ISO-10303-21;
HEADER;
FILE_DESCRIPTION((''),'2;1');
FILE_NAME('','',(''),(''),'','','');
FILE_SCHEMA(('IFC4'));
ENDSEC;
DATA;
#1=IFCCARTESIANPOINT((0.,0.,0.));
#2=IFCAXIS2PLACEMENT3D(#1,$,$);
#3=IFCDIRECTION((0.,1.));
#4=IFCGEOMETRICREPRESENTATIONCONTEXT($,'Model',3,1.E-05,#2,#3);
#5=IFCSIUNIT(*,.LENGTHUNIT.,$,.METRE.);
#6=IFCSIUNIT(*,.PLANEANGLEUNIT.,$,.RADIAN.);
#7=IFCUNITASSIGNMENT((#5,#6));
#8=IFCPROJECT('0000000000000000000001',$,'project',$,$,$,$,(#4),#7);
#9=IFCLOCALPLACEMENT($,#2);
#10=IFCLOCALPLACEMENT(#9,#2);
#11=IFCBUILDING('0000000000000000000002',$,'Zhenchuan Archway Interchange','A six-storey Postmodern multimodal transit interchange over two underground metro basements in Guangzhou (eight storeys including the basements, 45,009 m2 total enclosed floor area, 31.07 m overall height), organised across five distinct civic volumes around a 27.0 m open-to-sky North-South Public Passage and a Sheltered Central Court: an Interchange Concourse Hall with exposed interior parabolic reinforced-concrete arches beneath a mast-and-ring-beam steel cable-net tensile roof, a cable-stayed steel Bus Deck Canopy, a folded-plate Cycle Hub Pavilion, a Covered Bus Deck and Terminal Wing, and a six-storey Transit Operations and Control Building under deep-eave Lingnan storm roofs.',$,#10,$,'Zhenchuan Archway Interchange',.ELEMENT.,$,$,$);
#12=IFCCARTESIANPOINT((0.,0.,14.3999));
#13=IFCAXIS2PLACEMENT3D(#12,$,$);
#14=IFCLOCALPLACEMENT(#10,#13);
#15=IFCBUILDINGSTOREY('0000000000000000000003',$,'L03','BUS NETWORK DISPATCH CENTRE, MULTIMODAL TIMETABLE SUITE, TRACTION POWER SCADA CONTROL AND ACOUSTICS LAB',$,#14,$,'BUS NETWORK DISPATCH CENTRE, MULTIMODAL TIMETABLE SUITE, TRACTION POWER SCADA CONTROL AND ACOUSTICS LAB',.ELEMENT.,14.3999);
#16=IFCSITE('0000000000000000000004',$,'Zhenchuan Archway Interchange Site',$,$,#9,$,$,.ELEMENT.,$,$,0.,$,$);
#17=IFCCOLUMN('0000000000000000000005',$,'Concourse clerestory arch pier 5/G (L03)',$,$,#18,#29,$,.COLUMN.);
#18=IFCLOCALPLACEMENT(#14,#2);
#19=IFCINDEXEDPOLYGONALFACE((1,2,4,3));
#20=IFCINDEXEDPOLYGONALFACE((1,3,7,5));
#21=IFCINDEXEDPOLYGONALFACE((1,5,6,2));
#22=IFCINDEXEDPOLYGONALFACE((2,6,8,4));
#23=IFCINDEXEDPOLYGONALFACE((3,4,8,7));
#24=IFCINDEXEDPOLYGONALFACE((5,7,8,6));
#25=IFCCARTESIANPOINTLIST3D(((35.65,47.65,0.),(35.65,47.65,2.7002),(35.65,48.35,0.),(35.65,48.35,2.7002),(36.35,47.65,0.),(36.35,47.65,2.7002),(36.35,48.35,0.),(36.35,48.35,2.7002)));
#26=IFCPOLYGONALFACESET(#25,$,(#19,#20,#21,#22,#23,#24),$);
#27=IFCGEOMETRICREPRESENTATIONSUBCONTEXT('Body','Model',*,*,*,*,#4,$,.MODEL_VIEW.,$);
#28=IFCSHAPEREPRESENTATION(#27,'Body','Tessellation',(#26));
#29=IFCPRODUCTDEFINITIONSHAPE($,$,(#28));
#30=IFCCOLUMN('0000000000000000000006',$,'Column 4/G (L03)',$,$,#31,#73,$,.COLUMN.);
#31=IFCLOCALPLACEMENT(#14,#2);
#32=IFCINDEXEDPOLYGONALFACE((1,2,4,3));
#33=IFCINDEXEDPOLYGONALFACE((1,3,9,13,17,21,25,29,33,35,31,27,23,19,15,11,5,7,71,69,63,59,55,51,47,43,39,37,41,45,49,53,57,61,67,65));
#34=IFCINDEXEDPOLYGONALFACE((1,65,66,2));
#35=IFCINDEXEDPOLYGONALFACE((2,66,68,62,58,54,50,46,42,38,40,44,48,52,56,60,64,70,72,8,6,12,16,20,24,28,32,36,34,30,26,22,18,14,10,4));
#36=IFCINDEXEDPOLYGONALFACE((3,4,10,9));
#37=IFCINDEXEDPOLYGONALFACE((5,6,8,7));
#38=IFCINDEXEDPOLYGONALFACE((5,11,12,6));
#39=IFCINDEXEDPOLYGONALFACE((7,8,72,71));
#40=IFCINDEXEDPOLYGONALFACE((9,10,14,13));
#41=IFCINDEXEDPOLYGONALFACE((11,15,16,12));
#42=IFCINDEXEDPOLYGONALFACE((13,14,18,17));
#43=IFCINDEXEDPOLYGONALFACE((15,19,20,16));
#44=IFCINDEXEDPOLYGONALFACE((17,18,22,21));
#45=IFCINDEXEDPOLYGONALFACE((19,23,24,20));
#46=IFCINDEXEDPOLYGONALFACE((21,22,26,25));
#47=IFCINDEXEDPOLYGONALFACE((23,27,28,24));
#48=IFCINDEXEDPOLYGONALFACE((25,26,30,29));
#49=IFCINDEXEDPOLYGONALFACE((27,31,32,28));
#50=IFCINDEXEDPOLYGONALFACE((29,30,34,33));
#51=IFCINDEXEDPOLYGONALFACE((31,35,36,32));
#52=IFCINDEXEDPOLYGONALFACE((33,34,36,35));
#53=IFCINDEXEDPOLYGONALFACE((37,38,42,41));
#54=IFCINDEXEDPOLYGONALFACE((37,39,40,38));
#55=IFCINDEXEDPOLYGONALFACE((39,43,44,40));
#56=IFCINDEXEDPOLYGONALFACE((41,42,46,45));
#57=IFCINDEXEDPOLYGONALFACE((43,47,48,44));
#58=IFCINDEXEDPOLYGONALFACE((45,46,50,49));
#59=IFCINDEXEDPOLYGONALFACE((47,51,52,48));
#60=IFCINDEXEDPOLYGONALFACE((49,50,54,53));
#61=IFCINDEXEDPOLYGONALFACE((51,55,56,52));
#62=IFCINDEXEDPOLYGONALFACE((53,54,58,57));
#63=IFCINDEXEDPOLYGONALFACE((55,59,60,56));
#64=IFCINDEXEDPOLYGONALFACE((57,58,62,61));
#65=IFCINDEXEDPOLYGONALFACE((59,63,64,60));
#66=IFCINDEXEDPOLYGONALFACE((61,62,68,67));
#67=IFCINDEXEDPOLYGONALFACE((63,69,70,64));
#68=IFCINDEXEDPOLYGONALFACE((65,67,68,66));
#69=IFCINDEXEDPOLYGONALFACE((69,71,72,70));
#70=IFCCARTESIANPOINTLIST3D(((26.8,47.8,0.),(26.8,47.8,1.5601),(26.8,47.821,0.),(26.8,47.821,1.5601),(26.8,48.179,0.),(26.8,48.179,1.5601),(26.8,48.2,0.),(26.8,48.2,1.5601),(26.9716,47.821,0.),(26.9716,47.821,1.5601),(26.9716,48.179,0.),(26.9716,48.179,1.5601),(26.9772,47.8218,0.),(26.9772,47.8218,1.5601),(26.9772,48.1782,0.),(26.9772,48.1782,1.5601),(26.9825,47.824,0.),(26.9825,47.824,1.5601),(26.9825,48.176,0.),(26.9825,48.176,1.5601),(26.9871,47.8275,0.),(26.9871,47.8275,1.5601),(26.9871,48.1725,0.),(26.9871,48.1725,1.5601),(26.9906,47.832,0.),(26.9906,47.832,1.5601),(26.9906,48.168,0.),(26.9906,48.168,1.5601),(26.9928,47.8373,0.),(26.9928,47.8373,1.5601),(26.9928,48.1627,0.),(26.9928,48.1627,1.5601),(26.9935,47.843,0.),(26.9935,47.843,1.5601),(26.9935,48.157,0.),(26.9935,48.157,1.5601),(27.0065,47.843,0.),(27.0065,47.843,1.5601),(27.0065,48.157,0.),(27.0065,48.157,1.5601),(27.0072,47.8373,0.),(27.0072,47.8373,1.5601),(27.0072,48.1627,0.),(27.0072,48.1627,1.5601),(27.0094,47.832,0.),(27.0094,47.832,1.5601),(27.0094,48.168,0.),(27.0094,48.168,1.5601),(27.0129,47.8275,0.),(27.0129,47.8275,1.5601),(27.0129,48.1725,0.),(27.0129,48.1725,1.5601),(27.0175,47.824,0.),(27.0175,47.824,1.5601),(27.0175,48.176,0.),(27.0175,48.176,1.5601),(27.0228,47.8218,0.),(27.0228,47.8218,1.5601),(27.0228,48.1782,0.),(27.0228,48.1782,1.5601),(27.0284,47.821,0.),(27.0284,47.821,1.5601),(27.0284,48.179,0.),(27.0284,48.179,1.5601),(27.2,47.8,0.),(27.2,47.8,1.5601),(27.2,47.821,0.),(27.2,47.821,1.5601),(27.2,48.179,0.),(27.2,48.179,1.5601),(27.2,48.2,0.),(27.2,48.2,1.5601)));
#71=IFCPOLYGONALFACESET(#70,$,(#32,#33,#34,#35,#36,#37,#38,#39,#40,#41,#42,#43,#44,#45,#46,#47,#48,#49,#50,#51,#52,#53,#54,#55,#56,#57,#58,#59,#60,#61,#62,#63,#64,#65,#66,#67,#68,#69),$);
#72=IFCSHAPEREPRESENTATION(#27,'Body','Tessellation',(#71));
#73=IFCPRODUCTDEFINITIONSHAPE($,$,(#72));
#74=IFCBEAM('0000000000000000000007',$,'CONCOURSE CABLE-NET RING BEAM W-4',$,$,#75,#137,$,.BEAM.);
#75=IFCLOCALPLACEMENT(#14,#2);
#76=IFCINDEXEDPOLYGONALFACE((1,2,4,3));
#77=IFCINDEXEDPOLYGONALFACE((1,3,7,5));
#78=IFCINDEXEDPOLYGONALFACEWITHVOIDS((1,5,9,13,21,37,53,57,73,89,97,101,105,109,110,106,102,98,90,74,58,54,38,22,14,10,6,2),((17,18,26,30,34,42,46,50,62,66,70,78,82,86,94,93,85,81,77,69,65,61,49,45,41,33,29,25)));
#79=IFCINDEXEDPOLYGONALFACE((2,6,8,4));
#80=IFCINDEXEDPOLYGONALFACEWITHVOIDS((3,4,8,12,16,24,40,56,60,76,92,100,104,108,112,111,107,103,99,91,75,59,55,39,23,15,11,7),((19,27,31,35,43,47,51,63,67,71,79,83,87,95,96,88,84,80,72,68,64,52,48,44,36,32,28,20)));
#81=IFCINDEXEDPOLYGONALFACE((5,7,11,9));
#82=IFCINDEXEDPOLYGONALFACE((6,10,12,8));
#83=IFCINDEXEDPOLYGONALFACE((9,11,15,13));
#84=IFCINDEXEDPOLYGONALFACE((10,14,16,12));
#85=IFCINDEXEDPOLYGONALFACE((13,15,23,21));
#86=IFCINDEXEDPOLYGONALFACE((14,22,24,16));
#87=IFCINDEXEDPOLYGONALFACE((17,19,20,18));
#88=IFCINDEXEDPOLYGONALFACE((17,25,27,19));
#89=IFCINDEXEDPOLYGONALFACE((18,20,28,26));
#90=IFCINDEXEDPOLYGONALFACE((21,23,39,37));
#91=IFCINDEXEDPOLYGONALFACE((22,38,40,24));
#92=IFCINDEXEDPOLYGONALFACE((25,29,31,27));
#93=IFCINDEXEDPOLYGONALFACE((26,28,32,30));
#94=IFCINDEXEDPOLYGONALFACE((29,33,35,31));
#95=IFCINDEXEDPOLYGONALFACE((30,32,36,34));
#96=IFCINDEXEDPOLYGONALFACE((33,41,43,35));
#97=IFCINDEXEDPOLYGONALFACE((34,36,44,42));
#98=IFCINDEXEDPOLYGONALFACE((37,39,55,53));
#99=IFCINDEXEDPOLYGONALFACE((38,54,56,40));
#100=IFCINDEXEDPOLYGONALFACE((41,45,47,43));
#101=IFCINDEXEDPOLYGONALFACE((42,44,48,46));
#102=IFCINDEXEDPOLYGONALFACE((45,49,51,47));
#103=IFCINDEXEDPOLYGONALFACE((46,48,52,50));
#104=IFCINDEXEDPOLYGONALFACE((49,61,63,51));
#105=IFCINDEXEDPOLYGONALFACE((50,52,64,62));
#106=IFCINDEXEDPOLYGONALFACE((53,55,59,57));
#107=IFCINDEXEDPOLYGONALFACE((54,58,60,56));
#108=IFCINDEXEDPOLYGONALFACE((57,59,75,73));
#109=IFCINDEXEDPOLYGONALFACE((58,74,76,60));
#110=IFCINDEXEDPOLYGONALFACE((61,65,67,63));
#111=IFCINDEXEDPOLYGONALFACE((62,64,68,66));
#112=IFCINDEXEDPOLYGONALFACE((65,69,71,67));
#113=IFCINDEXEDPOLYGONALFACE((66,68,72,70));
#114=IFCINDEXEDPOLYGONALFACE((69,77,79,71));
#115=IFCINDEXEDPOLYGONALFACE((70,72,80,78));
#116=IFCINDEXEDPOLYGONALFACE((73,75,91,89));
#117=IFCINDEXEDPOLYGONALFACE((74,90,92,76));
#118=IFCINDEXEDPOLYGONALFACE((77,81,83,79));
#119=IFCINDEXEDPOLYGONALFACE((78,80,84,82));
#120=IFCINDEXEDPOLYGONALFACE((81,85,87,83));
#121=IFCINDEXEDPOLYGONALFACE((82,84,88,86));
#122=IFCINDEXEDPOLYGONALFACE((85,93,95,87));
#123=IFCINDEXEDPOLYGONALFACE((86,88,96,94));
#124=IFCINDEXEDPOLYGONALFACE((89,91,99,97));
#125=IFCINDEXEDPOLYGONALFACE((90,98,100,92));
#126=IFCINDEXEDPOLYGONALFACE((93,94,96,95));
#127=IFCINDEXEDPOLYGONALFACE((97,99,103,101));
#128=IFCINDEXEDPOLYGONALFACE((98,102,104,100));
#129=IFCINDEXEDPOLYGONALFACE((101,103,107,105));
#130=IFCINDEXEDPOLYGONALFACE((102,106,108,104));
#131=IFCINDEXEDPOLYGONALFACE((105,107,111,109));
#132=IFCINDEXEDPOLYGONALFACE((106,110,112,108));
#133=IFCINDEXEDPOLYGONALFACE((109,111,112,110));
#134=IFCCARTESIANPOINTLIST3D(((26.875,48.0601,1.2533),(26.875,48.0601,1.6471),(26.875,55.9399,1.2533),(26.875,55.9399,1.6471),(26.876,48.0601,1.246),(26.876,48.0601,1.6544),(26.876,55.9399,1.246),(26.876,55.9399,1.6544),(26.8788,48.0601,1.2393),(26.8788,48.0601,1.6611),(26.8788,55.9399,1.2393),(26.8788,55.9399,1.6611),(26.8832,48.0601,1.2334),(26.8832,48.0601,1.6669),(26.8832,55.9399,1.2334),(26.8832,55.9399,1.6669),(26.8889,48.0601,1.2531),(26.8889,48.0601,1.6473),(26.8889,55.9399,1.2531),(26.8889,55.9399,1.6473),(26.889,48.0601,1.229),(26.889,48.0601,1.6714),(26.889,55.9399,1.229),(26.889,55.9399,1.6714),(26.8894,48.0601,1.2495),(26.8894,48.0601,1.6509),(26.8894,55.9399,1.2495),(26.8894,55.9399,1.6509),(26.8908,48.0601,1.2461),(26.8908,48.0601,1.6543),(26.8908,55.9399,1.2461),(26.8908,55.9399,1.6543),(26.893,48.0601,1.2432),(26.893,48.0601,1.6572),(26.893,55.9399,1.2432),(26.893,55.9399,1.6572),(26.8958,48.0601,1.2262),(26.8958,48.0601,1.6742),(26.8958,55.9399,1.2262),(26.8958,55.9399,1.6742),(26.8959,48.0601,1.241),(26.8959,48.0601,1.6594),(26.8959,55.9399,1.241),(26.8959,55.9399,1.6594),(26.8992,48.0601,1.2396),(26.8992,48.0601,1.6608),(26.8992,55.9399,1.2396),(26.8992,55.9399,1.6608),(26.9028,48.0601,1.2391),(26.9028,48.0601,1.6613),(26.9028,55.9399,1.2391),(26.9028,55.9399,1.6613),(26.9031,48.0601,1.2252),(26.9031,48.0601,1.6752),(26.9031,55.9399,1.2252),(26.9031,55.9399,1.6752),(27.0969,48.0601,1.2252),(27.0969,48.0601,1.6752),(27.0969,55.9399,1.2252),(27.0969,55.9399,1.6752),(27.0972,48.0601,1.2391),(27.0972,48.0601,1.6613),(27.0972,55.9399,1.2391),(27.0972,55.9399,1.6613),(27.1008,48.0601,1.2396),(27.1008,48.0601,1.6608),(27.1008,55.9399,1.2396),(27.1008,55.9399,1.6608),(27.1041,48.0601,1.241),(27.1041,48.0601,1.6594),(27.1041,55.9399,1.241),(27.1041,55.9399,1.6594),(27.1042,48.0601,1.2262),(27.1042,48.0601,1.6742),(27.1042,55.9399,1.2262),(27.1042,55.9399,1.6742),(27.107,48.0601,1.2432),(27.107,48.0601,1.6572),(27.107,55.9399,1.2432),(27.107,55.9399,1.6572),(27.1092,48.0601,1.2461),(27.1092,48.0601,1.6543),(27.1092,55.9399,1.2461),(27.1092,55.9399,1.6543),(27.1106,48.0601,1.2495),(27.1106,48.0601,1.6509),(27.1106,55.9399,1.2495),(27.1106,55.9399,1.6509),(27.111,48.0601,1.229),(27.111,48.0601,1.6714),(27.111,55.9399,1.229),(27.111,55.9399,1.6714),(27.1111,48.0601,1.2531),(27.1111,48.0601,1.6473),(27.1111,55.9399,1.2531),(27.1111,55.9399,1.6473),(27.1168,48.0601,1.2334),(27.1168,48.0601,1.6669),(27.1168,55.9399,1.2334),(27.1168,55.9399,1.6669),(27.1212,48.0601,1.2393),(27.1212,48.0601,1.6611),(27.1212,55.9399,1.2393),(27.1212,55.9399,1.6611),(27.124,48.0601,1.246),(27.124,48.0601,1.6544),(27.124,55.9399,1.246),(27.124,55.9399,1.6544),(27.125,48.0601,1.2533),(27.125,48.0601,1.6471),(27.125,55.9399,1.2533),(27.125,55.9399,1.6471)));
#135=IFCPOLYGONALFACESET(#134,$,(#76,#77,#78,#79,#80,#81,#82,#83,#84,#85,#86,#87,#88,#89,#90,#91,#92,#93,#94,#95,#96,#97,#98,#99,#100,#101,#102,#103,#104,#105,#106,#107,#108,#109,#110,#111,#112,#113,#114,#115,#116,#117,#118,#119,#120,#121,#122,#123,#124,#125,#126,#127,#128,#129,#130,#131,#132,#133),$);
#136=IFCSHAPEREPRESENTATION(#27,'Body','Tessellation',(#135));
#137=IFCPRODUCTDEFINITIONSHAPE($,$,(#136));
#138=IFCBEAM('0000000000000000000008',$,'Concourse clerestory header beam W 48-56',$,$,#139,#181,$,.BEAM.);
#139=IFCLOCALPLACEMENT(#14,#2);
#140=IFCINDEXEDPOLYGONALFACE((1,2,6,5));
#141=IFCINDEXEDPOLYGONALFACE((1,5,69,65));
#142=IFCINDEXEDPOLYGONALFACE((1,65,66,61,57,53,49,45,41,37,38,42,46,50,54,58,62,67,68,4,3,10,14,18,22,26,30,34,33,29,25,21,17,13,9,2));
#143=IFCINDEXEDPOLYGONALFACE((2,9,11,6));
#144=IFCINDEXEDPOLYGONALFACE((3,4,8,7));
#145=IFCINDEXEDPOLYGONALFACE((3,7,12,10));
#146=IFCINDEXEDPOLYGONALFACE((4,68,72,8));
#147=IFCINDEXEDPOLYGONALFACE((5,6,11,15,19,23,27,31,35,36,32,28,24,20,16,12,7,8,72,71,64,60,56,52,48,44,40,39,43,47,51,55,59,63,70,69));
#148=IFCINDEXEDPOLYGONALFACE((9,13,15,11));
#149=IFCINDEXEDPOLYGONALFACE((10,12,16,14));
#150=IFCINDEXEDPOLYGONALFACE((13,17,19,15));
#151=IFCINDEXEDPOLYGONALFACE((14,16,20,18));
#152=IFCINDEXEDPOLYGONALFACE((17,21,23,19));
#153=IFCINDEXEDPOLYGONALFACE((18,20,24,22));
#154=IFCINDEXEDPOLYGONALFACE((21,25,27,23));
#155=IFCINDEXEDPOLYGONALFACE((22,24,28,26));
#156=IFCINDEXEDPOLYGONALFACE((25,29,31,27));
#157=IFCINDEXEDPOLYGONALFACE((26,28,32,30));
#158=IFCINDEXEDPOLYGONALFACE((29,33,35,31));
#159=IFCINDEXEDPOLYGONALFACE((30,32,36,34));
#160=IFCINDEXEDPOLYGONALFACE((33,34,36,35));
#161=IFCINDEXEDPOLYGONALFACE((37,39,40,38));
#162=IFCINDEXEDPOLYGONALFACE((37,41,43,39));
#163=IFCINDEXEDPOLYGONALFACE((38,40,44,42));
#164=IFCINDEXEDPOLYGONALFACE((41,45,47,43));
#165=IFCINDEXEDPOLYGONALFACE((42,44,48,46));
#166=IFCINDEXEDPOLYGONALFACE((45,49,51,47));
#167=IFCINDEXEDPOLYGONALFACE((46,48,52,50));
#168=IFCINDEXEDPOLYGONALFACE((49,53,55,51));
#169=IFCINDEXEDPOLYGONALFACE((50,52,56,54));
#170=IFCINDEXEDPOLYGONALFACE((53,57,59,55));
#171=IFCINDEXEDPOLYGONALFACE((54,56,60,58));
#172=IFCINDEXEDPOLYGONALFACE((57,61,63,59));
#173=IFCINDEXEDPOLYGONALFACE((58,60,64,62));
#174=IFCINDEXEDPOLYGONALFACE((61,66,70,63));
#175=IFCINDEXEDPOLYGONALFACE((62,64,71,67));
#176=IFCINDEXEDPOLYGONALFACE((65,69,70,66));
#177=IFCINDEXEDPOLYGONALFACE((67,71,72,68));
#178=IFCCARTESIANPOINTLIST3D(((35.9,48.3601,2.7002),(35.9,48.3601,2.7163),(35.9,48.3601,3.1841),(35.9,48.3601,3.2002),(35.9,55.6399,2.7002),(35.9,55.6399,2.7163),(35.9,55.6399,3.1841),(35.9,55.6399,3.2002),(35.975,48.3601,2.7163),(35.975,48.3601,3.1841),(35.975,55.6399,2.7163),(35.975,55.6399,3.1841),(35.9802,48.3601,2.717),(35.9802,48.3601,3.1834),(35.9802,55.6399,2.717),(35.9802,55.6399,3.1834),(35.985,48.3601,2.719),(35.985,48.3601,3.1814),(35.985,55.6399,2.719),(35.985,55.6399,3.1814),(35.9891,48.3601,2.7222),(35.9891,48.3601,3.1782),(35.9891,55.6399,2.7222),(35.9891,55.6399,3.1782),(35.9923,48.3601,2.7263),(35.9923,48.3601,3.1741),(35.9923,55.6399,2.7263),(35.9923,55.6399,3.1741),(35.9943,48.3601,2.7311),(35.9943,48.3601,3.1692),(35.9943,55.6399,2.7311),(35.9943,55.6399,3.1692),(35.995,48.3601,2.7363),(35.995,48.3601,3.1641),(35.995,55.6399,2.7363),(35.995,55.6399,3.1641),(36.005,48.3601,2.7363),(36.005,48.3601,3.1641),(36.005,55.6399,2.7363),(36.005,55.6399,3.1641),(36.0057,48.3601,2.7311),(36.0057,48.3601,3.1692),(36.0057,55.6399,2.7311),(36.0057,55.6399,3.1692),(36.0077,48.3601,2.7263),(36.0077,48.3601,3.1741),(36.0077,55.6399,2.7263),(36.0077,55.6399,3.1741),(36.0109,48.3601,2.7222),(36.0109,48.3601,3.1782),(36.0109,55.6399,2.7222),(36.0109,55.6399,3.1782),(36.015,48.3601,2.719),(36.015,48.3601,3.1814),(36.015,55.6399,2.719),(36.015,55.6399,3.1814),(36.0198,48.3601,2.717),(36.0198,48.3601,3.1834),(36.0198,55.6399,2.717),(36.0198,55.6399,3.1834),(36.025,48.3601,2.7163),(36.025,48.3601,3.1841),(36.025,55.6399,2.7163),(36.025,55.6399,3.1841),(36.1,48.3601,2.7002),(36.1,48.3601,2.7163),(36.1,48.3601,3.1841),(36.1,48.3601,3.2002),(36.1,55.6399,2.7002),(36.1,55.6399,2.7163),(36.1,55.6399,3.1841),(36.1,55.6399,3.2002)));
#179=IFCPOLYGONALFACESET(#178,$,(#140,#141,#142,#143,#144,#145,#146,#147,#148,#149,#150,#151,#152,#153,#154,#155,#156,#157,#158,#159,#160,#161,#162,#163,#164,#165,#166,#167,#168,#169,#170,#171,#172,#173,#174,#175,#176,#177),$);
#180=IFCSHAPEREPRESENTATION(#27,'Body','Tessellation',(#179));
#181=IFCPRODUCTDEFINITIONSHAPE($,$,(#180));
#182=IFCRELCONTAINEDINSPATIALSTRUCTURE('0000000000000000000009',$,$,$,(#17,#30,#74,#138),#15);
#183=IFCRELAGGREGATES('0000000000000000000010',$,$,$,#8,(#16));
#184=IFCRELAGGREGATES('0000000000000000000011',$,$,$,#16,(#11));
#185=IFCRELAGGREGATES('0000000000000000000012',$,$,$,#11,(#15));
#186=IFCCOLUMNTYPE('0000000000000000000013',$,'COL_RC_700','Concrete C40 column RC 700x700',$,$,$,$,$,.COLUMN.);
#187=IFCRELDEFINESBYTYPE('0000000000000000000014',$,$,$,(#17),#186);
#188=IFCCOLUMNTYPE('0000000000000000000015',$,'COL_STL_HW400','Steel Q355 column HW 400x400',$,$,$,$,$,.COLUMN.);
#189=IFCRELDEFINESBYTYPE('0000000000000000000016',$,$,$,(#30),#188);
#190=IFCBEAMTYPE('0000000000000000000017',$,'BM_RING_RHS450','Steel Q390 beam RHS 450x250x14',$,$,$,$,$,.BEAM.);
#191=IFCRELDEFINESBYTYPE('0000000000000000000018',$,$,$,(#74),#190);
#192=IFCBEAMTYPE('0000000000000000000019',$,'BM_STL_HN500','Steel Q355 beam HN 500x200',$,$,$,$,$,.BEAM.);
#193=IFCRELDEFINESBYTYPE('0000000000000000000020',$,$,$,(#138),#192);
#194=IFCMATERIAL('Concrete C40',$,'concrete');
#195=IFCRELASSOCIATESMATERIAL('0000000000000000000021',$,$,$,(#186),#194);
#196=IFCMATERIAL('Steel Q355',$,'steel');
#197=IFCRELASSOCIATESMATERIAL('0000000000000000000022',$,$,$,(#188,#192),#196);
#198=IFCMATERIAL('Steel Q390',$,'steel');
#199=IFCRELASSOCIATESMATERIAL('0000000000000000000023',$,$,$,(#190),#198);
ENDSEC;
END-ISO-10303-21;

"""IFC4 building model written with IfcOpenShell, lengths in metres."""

from ifc_helpers import new_model, si_unit, direction, frame, origin, origin_2d, place, context, subcontext, project, spatial, rectangle, hollow_rectangle, i_section, extrude, material, material_profile, profile_set, type_object, element, save


model = new_model("IFC4")

# Units and contexts
model_context = context("Model", 3, precision=1e-05, world=origin(), true_north=direction((0.0, 1.0)))
body_context = subcontext(model_context, "Body", "Model", "MODEL_VIEW")
ifc_project = project(units=[si_unit("LENGTHUNIT", "METRE"), si_unit("PLANEANGLEUNIT", "RADIAN")], contexts=[model_context])

# Site, building, storey
site_placement = place(None, origin())
site = spatial("IfcSite", under=ifc_project, at=site_placement, Name="Zhenchuan Archway Interchange Site", CompositionType="ELEMENT", RefElevation=0.0)
building_placement = place(site_placement, origin())
building = spatial("IfcBuilding", under=site, at=building_placement, Name="Zhenchuan Archway Interchange", Description="A six-storey Postmodern multimodal transit interchange over two underground metro basements in Guangzhou (eight storeys including the basements, 45,009 m2 total enclosed floor area, 31.07 m overall height), organised across five distinct civic volumes around a 27.0 m open-to-sky North-South Public Passage and a Sheltered Central Court: an Interchange Concourse Hall with exposed interior parabolic reinforced-concrete arches beneath a mast-and-ring-beam steel cable-net tensile roof, a cable-stayed steel Bus Deck Canopy, a folded-plate Cycle Hub Pavilion, a Covered Bus Deck and Terminal Wing, and a six-storey Transit Operations and Control Building under deep-eave Lingnan storm roofs.", LongName="Zhenchuan Archway Interchange", CompositionType="ELEMENT")
storey_placement = place(building_placement, frame((0.0, 0.0, 14.3999)))
storey = spatial("IfcBuildingStorey", under=building, at=storey_placement, Name="L03", Description="BUS NETWORK DISPATCH CENTRE, MULTIMODAL TIMETABLE SUITE, TRACTION POWER SCADA CONTROL AND ACOUSTICS LAB", LongName="BUS NETWORK DISPATCH CENTRE, MULTIMODAL TIMETABLE SUITE, TRACTION POWER SCADA CONTROL AND ACOUSTICS LAB", CompositionType="ELEMENT", Elevation=14.3999)

# Columns
ifc_material_1 = material(Name="Concrete C40", Category="concrete")
ifc_material_profile_1 = material_profile(ifc_material_1, rectangle(XDim=0.7, YDim=0.7, at=origin_2d()), Name="RC 700x700")
ifc_profile_set_1 = profile_set([ifc_material_profile_1], Name="Concrete C40")
column_type_1 = type_object("IfcColumnType", Name="COL_RC_700", Description="Concrete C40 column RC 700x700", PredefinedType="COLUMN", material=ifc_profile_set_1)
column_1_placement = place(storey_placement, frame((36.0, 48.0, 0.0), z_axis=(0.0, 0.0, 1.0), x_axis=(1.0, 0.0, 0.0)))
element("IfcColumn", 1, at=column_1_placement, inside=storey, type_object=column_type_1, Name="Concourse clerestory arch pier 5/G (L03)", PredefinedType="COLUMN", context=body_context, shape_type="SweptSolid", body=[
    extrude(rectangle(XDim=0.7, YDim=0.7, at=origin_2d()), origin(), (0.0, 0.0, 1.0), 2.7002),
])
ifc_material_2 = material(Name="Steel Q355", Category="steel")
ifc_material_profile_2 = material_profile(ifc_material_2, i_section(OverallWidth=0.3999, OverallDepth=0.3999, WebThickness=0.0129, FlangeThickness=0.021, FilletRadius=0.022, at=origin_2d()), Name="HW 400x400")
ifc_profile_set_2 = profile_set([ifc_material_profile_2], Name="Steel Q355")
column_type_2 = type_object("IfcColumnType", Name="COL_STL_HW400", Description="Steel Q355 column HW 400x400", PredefinedType="COLUMN", material=ifc_profile_set_2)
column_2_placement = place(storey_placement, frame((27.0, 48.0, 0.0), z_axis=(0.0, 0.0, 1.0), x_axis=(1.0, 0.0, 0.0)))
element("IfcColumn", 2, at=column_2_placement, inside=storey, type_object=column_type_2, Name="Column 4/G (L03)", PredefinedType="COLUMN", context=body_context, shape_type="SweptSolid", body=[
    extrude(i_section(OverallWidth=0.3999, OverallDepth=0.3999, WebThickness=0.0129, FlangeThickness=0.021, FilletRadius=0.022, at=origin_2d()), origin(), (0.0, 0.0, 1.0), 1.5601),
])

# Beams
ifc_material_3 = material(Name="Steel Q390", Category="steel")
ifc_material_profile_3 = material_profile(ifc_material_3, hollow_rectangle(XDim=0.25, YDim=0.45, WallThickness=0.0139, InnerFilletRadius=0.0139, OuterFilletRadius=0.0281, at=origin_2d()), Name="RHS 450x250x14")
ifc_profile_set_3 = profile_set([ifc_material_profile_3], Name="Steel Q390")
beam_type_1 = type_object("IfcBeamType", Name="BM_RING_RHS450", Description="Steel Q390 beam RHS 450x250x14", PredefinedType="BEAM", material=ifc_profile_set_3)
beam_1_placement = place(storey_placement, frame((27.0, 48.0601, 1.4502), z_axis=(0.0, 1.0, 0.0), x_axis=(-1.0, 0.0, 0.0)))
element("IfcBeam", 3, at=beam_1_placement, inside=storey, type_object=beam_type_1, Name="CONCOURSE CABLE-NET RING BEAM W-4", PredefinedType="BEAM", context=body_context, shape_type="SweptSolid", body=[
    extrude(hollow_rectangle(XDim=0.25, YDim=0.45, WallThickness=0.0139, InnerFilletRadius=0.0139, OuterFilletRadius=0.0281, at=origin_2d()), origin(), (0.0, 0.0, 1.0), 7.8799),
])
ifc_material_profile_4 = material_profile(ifc_material_2, i_section(OverallWidth=0.2, OverallDepth=0.5, WebThickness=0.01, FlangeThickness=0.0161, FilletRadius=0.02, at=origin_2d()), Name="HN 500x200")
ifc_profile_set_4 = profile_set([ifc_material_profile_4], Name="Steel Q355")
beam_type_2 = type_object("IfcBeamType", Name="BM_STL_HN500", Description="Steel Q355 beam HN 500x200", PredefinedType="BEAM", material=ifc_profile_set_4)
beam_2_placement = place(storey_placement, frame((36.0, 48.3601, 2.9502), z_axis=(0.0, 1.0, 0.0), x_axis=(-1.0, 0.0, 0.0)))
element("IfcBeam", 4, at=beam_2_placement, inside=storey, type_object=beam_type_2, Name="Concourse clerestory header beam W 48-56", PredefinedType="BEAM", context=body_context, shape_type="SweptSolid", body=[
    extrude(i_section(OverallWidth=0.2, OverallDepth=0.5, WebThickness=0.01, FlangeThickness=0.0161, FilletRadius=0.02, at=origin_2d()), origin(), (0.0, 0.0, 1.0), 7.2798),
])

save(model, "model.ifc")
